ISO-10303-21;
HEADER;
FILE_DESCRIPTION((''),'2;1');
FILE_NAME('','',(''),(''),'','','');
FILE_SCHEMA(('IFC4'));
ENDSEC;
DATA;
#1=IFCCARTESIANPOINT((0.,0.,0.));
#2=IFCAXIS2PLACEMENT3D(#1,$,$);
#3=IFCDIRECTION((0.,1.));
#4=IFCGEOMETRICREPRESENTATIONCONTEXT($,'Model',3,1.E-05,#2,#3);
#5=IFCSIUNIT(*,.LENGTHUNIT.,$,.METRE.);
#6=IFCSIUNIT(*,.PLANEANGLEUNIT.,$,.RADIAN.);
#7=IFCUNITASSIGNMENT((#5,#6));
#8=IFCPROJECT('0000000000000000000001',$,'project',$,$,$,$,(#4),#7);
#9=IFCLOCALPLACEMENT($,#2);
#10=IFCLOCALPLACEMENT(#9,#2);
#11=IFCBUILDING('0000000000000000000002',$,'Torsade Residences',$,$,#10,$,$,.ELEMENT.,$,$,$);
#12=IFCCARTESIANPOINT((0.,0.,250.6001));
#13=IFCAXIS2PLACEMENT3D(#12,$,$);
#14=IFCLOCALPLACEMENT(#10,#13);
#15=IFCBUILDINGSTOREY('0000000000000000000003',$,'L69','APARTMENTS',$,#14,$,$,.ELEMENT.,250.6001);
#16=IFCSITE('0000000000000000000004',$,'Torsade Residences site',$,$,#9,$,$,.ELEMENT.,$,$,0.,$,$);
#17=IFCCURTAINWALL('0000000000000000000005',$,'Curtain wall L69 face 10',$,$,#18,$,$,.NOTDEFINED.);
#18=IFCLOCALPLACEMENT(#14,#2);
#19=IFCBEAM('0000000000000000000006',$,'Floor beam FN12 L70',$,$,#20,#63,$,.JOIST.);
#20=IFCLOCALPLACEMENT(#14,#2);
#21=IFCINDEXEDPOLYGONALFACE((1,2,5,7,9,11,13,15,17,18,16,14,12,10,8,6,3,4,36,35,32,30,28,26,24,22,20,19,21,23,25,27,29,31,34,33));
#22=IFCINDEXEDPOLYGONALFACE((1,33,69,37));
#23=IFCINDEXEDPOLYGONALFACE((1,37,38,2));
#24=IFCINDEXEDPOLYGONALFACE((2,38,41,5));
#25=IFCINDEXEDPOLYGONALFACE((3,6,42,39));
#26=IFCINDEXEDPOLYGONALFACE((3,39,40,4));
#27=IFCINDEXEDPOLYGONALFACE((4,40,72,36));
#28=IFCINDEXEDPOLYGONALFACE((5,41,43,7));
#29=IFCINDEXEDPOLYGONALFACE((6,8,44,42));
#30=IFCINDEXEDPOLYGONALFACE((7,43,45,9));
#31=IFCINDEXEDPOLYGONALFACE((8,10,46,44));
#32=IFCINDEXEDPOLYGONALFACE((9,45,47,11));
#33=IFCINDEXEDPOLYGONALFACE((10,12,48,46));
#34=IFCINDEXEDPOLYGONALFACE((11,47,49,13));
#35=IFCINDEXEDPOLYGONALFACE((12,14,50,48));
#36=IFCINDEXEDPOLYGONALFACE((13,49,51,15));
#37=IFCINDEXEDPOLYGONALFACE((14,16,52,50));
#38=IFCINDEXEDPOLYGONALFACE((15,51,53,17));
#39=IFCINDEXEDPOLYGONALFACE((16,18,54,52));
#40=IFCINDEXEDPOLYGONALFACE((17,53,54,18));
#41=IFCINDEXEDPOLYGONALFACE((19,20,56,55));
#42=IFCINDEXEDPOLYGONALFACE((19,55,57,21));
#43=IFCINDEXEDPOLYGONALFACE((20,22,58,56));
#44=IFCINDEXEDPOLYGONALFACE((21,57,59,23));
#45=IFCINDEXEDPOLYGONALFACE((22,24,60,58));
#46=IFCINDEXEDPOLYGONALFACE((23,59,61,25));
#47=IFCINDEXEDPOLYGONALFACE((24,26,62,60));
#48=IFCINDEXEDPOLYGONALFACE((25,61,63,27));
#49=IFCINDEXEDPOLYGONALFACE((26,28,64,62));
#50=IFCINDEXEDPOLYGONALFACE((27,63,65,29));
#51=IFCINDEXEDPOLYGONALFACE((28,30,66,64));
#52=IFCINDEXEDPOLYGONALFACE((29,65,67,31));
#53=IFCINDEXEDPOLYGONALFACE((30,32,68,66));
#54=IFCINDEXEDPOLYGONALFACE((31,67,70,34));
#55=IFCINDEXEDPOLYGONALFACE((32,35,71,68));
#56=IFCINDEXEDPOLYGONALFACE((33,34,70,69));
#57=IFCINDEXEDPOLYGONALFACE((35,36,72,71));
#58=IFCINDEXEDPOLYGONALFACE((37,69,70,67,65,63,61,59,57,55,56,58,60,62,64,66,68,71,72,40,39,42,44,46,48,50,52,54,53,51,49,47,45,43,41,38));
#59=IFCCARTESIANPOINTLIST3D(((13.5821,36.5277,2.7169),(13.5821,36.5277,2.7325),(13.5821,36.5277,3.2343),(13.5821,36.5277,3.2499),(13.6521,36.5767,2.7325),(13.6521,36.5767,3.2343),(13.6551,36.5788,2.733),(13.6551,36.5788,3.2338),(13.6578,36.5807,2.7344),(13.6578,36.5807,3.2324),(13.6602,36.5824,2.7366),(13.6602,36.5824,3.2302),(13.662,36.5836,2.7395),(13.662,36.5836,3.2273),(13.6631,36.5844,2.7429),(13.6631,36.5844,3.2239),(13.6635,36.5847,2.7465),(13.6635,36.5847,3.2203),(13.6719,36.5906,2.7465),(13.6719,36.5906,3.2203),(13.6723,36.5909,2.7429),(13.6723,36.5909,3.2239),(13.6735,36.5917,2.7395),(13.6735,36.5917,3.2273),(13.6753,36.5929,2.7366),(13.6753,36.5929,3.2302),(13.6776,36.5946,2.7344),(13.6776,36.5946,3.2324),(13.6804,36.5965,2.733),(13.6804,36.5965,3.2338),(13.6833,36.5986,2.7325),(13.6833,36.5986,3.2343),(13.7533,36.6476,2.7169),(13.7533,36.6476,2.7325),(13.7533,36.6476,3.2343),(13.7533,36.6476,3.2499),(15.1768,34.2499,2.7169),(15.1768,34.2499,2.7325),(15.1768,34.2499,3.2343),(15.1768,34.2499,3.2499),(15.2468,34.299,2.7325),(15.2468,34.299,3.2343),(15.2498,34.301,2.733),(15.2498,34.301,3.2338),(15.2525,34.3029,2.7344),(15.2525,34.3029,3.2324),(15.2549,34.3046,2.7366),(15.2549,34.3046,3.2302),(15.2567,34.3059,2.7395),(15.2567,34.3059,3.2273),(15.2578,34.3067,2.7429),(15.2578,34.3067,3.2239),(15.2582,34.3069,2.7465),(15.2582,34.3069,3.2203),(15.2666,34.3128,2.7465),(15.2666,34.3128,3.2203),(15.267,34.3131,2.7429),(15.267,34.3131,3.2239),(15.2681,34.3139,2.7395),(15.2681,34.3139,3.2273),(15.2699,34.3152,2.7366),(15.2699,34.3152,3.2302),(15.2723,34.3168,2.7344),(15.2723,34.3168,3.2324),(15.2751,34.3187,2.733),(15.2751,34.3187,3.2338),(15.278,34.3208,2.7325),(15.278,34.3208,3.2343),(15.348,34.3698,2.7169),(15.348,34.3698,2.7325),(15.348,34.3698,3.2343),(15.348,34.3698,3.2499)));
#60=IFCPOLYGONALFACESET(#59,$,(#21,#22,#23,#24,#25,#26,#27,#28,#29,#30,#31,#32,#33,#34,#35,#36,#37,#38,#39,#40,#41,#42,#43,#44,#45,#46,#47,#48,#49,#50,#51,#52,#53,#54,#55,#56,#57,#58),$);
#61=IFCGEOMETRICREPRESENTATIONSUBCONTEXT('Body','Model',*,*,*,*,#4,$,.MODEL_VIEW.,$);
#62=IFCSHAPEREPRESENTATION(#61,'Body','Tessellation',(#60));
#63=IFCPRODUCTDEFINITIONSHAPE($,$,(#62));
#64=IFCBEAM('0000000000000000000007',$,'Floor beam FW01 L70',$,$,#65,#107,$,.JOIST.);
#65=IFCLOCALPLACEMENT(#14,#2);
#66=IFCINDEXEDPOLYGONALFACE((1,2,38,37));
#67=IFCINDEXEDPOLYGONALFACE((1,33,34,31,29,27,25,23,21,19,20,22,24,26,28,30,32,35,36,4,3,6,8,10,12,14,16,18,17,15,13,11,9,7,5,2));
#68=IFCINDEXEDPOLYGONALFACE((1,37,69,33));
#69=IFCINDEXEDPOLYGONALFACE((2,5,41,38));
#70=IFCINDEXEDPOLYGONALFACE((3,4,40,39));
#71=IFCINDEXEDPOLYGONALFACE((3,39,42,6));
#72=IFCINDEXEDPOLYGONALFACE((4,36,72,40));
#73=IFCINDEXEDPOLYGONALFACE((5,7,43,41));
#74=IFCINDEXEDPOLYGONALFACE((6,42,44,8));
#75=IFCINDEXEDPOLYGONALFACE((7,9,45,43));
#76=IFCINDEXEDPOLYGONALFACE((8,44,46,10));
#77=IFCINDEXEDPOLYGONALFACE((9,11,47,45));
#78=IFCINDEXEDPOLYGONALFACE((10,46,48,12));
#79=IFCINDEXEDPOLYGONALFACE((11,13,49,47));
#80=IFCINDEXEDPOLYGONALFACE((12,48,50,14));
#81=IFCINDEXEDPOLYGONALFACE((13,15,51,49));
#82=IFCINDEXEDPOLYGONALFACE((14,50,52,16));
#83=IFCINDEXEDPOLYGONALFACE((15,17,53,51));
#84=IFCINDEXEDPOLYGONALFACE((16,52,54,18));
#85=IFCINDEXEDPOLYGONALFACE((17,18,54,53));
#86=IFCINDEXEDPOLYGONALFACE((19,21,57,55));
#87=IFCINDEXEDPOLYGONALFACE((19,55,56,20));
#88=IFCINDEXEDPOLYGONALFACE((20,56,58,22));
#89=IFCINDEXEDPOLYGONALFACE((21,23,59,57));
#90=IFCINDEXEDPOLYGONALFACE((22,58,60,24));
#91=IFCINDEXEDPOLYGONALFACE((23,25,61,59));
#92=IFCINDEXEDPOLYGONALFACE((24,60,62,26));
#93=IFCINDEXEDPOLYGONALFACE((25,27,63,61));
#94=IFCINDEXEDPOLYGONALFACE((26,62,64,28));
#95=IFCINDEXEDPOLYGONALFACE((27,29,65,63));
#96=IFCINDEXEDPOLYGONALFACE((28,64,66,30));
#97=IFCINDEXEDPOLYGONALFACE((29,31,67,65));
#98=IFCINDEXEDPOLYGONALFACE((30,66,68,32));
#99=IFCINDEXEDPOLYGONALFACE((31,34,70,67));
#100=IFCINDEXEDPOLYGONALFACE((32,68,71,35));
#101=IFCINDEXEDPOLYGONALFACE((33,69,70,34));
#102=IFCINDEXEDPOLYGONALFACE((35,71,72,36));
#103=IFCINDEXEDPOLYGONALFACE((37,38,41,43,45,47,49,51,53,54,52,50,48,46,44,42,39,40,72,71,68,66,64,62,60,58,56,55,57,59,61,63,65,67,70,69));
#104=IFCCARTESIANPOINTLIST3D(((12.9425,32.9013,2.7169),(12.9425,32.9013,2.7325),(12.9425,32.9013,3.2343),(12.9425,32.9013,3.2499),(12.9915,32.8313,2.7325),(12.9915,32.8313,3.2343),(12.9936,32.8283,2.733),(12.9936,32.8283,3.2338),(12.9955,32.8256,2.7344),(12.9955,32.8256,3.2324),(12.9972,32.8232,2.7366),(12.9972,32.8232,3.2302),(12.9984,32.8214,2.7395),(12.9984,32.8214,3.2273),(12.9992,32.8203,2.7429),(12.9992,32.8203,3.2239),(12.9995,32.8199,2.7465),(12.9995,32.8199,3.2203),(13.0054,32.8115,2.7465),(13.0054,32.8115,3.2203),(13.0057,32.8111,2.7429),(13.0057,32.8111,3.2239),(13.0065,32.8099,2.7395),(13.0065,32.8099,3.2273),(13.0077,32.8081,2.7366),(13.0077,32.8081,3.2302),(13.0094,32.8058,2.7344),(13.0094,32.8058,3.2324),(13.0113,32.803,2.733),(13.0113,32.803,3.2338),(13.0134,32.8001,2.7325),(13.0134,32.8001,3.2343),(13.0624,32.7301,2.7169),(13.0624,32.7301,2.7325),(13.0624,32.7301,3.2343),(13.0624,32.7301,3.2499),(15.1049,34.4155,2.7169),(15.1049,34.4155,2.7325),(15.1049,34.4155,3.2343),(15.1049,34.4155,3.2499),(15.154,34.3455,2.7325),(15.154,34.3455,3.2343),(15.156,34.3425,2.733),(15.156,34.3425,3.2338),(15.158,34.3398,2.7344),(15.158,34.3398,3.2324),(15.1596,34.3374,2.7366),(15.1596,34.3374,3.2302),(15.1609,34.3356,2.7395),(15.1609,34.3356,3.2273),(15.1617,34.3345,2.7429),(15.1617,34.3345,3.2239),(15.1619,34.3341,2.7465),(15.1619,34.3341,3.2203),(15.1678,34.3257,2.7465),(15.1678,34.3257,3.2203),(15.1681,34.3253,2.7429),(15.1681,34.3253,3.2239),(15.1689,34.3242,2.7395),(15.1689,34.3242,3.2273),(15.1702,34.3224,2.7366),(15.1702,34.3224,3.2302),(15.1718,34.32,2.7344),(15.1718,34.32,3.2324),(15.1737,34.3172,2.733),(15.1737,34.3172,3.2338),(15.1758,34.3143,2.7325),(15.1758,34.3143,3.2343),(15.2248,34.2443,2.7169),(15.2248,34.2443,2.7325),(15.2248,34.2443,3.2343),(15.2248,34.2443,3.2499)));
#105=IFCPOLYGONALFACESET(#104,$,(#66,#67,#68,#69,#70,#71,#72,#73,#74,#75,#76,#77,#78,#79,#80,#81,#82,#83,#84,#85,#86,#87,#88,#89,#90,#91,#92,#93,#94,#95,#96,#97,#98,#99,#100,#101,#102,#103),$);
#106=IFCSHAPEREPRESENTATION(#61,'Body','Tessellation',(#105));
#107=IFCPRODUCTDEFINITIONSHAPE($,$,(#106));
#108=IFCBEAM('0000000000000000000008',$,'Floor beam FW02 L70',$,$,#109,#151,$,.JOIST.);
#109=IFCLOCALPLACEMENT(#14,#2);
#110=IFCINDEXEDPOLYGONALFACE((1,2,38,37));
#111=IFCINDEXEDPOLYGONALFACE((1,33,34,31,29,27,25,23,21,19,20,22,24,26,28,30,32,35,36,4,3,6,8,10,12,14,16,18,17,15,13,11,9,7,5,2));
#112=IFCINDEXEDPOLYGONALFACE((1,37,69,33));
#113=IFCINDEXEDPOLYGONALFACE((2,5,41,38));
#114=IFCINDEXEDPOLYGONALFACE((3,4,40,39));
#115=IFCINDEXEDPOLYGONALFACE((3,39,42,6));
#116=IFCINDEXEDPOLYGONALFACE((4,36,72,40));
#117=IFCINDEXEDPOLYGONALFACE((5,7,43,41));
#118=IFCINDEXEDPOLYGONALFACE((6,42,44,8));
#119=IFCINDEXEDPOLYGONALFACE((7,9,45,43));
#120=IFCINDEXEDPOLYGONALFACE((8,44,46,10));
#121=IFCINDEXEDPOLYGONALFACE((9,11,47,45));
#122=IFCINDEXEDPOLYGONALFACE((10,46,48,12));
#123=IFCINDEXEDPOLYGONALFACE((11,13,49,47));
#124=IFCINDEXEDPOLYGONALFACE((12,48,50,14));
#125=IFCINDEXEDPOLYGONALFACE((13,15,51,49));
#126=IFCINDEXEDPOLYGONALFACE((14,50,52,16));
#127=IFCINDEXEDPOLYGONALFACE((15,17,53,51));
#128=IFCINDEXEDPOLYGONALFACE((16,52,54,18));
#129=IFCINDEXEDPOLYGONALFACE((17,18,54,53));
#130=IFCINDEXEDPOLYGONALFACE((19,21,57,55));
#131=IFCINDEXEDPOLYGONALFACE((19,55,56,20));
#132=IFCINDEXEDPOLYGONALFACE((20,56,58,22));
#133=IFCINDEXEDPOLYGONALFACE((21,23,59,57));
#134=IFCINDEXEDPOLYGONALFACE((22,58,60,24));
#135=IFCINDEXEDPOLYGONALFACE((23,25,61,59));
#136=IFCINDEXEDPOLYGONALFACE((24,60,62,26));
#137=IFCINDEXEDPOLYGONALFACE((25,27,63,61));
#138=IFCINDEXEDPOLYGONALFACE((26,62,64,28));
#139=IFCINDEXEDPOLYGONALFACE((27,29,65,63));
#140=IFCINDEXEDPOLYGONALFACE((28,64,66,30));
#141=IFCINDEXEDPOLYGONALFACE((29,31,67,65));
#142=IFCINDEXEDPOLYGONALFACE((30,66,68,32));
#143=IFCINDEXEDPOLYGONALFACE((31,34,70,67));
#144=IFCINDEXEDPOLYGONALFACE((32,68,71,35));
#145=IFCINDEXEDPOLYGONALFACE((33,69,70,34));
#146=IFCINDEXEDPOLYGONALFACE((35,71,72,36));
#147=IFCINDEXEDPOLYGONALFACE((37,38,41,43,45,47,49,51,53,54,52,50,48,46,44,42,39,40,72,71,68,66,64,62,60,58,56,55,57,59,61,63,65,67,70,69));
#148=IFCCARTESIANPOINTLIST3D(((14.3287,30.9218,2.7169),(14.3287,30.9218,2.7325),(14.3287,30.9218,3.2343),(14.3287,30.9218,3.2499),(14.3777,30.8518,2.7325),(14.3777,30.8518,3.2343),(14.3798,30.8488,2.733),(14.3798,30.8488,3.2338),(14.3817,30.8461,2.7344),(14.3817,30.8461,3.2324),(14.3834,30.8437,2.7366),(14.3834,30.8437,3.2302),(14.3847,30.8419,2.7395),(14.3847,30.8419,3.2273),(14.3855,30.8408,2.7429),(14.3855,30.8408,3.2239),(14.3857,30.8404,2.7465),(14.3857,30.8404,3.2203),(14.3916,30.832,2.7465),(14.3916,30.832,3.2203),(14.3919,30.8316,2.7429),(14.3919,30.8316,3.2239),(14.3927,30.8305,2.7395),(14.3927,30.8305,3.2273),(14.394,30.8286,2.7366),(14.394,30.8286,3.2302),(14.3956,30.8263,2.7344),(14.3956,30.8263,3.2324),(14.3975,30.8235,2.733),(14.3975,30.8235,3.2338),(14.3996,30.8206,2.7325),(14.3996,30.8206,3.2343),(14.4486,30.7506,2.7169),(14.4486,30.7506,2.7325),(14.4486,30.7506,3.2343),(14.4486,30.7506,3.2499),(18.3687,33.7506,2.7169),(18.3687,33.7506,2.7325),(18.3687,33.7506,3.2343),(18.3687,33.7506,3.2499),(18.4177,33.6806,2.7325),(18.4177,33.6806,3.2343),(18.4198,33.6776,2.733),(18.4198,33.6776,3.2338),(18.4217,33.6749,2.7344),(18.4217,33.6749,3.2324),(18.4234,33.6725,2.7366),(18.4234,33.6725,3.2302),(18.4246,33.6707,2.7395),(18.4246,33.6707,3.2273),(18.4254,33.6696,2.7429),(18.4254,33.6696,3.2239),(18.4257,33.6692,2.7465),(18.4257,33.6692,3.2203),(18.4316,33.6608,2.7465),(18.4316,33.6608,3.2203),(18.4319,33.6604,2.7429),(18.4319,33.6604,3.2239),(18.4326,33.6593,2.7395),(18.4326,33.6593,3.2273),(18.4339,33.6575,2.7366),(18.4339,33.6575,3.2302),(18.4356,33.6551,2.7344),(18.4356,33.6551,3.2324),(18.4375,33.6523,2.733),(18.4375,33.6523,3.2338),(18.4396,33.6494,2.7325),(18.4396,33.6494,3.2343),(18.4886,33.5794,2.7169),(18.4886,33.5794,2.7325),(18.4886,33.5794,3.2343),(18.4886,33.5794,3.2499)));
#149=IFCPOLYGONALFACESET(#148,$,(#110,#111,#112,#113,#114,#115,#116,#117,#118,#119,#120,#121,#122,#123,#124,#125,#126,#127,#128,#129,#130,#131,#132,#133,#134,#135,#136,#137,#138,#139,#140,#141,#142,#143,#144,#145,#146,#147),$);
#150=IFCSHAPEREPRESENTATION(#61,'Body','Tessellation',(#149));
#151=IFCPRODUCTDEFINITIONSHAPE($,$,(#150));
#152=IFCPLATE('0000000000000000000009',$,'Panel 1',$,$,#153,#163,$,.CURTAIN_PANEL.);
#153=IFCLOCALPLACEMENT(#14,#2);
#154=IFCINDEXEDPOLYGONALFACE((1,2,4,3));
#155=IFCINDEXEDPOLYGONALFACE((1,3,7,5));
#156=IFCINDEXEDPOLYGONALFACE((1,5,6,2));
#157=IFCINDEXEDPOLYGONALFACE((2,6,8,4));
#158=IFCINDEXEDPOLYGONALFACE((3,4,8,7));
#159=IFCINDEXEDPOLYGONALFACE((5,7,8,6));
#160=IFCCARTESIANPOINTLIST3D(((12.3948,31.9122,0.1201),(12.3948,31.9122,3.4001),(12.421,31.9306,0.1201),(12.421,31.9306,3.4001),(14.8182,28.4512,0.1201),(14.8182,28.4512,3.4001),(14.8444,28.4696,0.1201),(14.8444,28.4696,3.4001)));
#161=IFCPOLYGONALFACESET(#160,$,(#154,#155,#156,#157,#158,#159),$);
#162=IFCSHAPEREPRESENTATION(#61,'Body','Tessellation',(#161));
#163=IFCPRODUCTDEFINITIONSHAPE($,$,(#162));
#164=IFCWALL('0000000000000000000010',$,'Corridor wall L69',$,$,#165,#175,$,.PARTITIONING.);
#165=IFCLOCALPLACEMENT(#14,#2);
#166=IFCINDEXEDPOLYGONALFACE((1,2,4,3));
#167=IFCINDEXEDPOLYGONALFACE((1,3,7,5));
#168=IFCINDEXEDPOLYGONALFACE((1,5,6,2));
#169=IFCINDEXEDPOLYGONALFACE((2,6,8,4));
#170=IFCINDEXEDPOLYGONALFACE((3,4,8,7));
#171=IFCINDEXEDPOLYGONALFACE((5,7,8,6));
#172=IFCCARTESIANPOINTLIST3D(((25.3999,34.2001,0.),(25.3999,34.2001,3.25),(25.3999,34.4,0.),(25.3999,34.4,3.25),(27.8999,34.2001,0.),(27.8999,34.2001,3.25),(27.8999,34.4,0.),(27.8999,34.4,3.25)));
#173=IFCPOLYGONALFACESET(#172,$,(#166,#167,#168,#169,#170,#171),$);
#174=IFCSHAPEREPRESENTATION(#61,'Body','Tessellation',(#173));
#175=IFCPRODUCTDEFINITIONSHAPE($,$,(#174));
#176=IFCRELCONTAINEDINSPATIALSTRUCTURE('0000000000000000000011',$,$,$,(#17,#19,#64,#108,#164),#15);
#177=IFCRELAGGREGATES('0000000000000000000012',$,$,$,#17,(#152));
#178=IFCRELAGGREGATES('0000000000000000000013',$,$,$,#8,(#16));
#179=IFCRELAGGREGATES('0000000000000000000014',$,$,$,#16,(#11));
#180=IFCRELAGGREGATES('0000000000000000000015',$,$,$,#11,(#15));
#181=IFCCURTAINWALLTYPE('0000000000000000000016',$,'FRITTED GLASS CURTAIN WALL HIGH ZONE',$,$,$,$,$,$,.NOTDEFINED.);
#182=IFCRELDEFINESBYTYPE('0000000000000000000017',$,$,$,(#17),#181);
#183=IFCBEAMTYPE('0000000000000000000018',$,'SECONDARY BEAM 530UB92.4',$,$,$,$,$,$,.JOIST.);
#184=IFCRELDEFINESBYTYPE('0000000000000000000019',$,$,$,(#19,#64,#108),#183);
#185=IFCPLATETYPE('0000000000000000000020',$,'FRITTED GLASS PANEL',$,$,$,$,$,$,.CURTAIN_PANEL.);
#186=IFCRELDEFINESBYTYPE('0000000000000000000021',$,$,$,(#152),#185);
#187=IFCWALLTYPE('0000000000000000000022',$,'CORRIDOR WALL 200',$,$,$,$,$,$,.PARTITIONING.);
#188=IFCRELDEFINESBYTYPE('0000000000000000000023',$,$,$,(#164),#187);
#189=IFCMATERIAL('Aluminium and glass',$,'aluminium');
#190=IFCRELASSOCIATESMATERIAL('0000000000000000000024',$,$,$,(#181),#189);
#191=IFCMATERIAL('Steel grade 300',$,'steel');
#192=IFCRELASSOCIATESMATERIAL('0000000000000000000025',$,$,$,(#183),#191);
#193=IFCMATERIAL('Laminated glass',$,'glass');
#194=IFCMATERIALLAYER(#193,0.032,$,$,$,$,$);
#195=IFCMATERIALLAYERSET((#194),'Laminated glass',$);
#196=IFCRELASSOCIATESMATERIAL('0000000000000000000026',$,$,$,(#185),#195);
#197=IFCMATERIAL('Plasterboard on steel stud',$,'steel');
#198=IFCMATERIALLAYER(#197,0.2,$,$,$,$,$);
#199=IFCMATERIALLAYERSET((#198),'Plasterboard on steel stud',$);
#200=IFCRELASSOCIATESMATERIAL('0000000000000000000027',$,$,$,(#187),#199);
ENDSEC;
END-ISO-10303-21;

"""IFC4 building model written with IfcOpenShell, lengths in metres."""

from ifc_helpers import new_model, si_unit, direction, frame, frame_2d, origin, origin_2d, place, context, subcontext, project, spatial, rectangle, i_section, extrude, material, layer, layer_set, material_profile, profile_set, type_object, element, aggregate, save


model = new_model("IFC4")

# Units and contexts
model_context = context("Model", 3, precision=1e-05, world=origin(), true_north=direction((0.0, 1.0)))
body_context = subcontext(model_context, "Body", "Model", "MODEL_VIEW")
ifc_project = project(units=[si_unit("LENGTHUNIT", "METRE"), si_unit("PLANEANGLEUNIT", "RADIAN")], contexts=[model_context])

# Site, building, storey
site_placement = place(None, origin())
site = spatial("IfcSite", under=ifc_project, at=site_placement, Name="Torsade Residences site", CompositionType="ELEMENT", RefElevation=0.0)
building_placement = place(site_placement, origin())
building = spatial("IfcBuilding", under=site, at=building_placement, Name="Torsade Residences", CompositionType="ELEMENT")
storey_placement = place(building_placement, frame((0.0, 0.0, 250.6001)))
storey = spatial("IfcBuildingStorey", under=building, at=storey_placement, Name="L69", Description="APARTMENTS", CompositionType="ELEMENT", Elevation=250.6001)

# Curtain wall
ifc_material_1 = material(Name="Aluminium and glass", Category="aluminium")
curtain_wall_type = type_object("IfcCurtainWallType", Name="FRITTED GLASS CURTAIN WALL HIGH ZONE", PredefinedType="NOTDEFINED", material=ifc_material_1)
curtain_wall_placement = place(storey_placement, origin())
curtain_wall = element("IfcCurtainWall", 1, at=curtain_wall_placement, inside=storey, type_object=curtain_wall_type, Name="Curtain wall L69 face 10", PredefinedType="NOTDEFINED")

# Beams
ifc_material_2 = material(Name="Steel grade 300", Category="steel")
ifc_material_profile_1 = material_profile(ifc_material_2, i_section(OverallWidth=0.209, OverallDepth=0.533, WebThickness=0.0103, FlangeThickness=0.0156, FilletRadius=0.0139, at=origin_2d()), Name="530UB92.4")
ifc_profile_set_1 = profile_set([ifc_material_profile_1], Name="Steel grade 300")
beam_type_1 = type_object("IfcBeamType", Name="SECONDARY BEAM 530UB92.4", PredefinedType="JOIST", material=ifc_profile_set_1)
beam_1_placement = place(storey_placement, frame((13.6677, 36.5876, 2.9834), z_axis=(0.573521, -0.819191, 0.0), x_axis=(0.819191, 0.573521, 0.0)))
element("IfcBeam", 2, at=beam_1_placement, inside=storey, type_object=beam_type_1, Name="Floor beam FN12 L70", PredefinedType="JOIST", context=body_context, shape_type="SweptSolid", body=[
    extrude(i_section(OverallWidth=0.209, OverallDepth=0.533, WebThickness=0.0103, FlangeThickness=0.0156, FilletRadius=0.0139, at=origin_2d()), origin(), (0.0, 0.0, 1.0), 2.7805),
])
beam_2_placement = place(storey_placement, frame((13.0024, 32.8157, 2.9834), z_axis=(0.819141, 0.573593, 0.0), x_axis=(-0.573593, 0.819141, 0.0)))
element("IfcBeam", 3, at=beam_2_placement, inside=storey, type_object=beam_type_1, Name="Floor beam FW01 L70", PredefinedType="JOIST", context=body_context, shape_type="SweptSolid", body=[
    extrude(i_section(OverallWidth=0.209, OverallDepth=0.533, WebThickness=0.0103, FlangeThickness=0.0156, FilletRadius=0.0139, at=origin_2d()), origin(), (0.0, 0.0, 1.0), 2.6399),
])
beam_3_placement = place(storey_placement, frame((14.3887, 30.8362, 2.9834), z_axis=(0.819153, 0.573575, 0.0), x_axis=(-0.573575, 0.819153, 0.0)))
element("IfcBeam", 4, at=beam_3_placement, inside=storey, type_object=beam_type_1, Name="Floor beam FW02 L70", PredefinedType="JOIST", context=body_context, shape_type="SweptSolid", body=[
    extrude(i_section(OverallWidth=0.209, OverallDepth=0.533, WebThickness=0.0103, FlangeThickness=0.0156, FilletRadius=0.0139, at=origin_2d()), origin(), (0.0, 0.0, 1.0), 4.9319),
])

# Plate
ifc_material_3 = material(Name="Laminated glass", Category="glass")
ifc_layer_1 = layer(ifc_material_3, 0.032)
ifc_layer_set_1 = layer_set([ifc_layer_1], Name="Laminated glass")
plate_type = type_object("IfcPlateType", Name="FRITTED GLASS PANEL", PredefinedType="CURTAIN_PANEL", material=ifc_layer_set_1)
plate_placement = place(storey_placement, frame((13.6196, 30.1909, 0.1201), z_axis=(0.0, 0.0, 1.0), x_axis=(0.573576, -0.819152, 0.0)))
plate = element("IfcPlate", 5, at=plate_placement, type_object=plate_type, Name="Panel 1", PredefinedType="CURTAIN_PANEL", context=body_context, shape_type="SweptSolid", body=[
    extrude(rectangle(XDim=4.2251, YDim=0.032, at=origin_2d()), origin(), (0.0, 0.0, 1.0), 3.28),
])
aggregate(curtain_wall, [plate])

# Wall
ifc_material_4 = material(Name="Plasterboard on steel stud", Category="steel")
ifc_layer_2 = layer(ifc_material_4, 0.2)
ifc_layer_set_2 = layer_set([ifc_layer_2], Name="Plasterboard on steel stud")
wall_type_1 = type_object("IfcWallType", Name="CORRIDOR WALL 200", PredefinedType="PARTITIONING", material=ifc_layer_set_2)
wall_1_placement = place(storey_placement, frame((27.8999, 34.3, 0.0), z_axis=(0.0, 0.0, 1.0), x_axis=(-1.0, 0.0, 0.0)))
element("IfcWall", 6, at=wall_1_placement, inside=storey, type_object=wall_type_1, Name="Corridor wall L69", PredefinedType="PARTITIONING", context=body_context, shape_type="SweptSolid", body=[
    extrude(rectangle(XDim=2.5, YDim=0.2, at=frame_2d((1.25, 0.0))), origin(), (0.0, 0.0, 1.0), 3.25),
])

save(model, "model.ifc")
